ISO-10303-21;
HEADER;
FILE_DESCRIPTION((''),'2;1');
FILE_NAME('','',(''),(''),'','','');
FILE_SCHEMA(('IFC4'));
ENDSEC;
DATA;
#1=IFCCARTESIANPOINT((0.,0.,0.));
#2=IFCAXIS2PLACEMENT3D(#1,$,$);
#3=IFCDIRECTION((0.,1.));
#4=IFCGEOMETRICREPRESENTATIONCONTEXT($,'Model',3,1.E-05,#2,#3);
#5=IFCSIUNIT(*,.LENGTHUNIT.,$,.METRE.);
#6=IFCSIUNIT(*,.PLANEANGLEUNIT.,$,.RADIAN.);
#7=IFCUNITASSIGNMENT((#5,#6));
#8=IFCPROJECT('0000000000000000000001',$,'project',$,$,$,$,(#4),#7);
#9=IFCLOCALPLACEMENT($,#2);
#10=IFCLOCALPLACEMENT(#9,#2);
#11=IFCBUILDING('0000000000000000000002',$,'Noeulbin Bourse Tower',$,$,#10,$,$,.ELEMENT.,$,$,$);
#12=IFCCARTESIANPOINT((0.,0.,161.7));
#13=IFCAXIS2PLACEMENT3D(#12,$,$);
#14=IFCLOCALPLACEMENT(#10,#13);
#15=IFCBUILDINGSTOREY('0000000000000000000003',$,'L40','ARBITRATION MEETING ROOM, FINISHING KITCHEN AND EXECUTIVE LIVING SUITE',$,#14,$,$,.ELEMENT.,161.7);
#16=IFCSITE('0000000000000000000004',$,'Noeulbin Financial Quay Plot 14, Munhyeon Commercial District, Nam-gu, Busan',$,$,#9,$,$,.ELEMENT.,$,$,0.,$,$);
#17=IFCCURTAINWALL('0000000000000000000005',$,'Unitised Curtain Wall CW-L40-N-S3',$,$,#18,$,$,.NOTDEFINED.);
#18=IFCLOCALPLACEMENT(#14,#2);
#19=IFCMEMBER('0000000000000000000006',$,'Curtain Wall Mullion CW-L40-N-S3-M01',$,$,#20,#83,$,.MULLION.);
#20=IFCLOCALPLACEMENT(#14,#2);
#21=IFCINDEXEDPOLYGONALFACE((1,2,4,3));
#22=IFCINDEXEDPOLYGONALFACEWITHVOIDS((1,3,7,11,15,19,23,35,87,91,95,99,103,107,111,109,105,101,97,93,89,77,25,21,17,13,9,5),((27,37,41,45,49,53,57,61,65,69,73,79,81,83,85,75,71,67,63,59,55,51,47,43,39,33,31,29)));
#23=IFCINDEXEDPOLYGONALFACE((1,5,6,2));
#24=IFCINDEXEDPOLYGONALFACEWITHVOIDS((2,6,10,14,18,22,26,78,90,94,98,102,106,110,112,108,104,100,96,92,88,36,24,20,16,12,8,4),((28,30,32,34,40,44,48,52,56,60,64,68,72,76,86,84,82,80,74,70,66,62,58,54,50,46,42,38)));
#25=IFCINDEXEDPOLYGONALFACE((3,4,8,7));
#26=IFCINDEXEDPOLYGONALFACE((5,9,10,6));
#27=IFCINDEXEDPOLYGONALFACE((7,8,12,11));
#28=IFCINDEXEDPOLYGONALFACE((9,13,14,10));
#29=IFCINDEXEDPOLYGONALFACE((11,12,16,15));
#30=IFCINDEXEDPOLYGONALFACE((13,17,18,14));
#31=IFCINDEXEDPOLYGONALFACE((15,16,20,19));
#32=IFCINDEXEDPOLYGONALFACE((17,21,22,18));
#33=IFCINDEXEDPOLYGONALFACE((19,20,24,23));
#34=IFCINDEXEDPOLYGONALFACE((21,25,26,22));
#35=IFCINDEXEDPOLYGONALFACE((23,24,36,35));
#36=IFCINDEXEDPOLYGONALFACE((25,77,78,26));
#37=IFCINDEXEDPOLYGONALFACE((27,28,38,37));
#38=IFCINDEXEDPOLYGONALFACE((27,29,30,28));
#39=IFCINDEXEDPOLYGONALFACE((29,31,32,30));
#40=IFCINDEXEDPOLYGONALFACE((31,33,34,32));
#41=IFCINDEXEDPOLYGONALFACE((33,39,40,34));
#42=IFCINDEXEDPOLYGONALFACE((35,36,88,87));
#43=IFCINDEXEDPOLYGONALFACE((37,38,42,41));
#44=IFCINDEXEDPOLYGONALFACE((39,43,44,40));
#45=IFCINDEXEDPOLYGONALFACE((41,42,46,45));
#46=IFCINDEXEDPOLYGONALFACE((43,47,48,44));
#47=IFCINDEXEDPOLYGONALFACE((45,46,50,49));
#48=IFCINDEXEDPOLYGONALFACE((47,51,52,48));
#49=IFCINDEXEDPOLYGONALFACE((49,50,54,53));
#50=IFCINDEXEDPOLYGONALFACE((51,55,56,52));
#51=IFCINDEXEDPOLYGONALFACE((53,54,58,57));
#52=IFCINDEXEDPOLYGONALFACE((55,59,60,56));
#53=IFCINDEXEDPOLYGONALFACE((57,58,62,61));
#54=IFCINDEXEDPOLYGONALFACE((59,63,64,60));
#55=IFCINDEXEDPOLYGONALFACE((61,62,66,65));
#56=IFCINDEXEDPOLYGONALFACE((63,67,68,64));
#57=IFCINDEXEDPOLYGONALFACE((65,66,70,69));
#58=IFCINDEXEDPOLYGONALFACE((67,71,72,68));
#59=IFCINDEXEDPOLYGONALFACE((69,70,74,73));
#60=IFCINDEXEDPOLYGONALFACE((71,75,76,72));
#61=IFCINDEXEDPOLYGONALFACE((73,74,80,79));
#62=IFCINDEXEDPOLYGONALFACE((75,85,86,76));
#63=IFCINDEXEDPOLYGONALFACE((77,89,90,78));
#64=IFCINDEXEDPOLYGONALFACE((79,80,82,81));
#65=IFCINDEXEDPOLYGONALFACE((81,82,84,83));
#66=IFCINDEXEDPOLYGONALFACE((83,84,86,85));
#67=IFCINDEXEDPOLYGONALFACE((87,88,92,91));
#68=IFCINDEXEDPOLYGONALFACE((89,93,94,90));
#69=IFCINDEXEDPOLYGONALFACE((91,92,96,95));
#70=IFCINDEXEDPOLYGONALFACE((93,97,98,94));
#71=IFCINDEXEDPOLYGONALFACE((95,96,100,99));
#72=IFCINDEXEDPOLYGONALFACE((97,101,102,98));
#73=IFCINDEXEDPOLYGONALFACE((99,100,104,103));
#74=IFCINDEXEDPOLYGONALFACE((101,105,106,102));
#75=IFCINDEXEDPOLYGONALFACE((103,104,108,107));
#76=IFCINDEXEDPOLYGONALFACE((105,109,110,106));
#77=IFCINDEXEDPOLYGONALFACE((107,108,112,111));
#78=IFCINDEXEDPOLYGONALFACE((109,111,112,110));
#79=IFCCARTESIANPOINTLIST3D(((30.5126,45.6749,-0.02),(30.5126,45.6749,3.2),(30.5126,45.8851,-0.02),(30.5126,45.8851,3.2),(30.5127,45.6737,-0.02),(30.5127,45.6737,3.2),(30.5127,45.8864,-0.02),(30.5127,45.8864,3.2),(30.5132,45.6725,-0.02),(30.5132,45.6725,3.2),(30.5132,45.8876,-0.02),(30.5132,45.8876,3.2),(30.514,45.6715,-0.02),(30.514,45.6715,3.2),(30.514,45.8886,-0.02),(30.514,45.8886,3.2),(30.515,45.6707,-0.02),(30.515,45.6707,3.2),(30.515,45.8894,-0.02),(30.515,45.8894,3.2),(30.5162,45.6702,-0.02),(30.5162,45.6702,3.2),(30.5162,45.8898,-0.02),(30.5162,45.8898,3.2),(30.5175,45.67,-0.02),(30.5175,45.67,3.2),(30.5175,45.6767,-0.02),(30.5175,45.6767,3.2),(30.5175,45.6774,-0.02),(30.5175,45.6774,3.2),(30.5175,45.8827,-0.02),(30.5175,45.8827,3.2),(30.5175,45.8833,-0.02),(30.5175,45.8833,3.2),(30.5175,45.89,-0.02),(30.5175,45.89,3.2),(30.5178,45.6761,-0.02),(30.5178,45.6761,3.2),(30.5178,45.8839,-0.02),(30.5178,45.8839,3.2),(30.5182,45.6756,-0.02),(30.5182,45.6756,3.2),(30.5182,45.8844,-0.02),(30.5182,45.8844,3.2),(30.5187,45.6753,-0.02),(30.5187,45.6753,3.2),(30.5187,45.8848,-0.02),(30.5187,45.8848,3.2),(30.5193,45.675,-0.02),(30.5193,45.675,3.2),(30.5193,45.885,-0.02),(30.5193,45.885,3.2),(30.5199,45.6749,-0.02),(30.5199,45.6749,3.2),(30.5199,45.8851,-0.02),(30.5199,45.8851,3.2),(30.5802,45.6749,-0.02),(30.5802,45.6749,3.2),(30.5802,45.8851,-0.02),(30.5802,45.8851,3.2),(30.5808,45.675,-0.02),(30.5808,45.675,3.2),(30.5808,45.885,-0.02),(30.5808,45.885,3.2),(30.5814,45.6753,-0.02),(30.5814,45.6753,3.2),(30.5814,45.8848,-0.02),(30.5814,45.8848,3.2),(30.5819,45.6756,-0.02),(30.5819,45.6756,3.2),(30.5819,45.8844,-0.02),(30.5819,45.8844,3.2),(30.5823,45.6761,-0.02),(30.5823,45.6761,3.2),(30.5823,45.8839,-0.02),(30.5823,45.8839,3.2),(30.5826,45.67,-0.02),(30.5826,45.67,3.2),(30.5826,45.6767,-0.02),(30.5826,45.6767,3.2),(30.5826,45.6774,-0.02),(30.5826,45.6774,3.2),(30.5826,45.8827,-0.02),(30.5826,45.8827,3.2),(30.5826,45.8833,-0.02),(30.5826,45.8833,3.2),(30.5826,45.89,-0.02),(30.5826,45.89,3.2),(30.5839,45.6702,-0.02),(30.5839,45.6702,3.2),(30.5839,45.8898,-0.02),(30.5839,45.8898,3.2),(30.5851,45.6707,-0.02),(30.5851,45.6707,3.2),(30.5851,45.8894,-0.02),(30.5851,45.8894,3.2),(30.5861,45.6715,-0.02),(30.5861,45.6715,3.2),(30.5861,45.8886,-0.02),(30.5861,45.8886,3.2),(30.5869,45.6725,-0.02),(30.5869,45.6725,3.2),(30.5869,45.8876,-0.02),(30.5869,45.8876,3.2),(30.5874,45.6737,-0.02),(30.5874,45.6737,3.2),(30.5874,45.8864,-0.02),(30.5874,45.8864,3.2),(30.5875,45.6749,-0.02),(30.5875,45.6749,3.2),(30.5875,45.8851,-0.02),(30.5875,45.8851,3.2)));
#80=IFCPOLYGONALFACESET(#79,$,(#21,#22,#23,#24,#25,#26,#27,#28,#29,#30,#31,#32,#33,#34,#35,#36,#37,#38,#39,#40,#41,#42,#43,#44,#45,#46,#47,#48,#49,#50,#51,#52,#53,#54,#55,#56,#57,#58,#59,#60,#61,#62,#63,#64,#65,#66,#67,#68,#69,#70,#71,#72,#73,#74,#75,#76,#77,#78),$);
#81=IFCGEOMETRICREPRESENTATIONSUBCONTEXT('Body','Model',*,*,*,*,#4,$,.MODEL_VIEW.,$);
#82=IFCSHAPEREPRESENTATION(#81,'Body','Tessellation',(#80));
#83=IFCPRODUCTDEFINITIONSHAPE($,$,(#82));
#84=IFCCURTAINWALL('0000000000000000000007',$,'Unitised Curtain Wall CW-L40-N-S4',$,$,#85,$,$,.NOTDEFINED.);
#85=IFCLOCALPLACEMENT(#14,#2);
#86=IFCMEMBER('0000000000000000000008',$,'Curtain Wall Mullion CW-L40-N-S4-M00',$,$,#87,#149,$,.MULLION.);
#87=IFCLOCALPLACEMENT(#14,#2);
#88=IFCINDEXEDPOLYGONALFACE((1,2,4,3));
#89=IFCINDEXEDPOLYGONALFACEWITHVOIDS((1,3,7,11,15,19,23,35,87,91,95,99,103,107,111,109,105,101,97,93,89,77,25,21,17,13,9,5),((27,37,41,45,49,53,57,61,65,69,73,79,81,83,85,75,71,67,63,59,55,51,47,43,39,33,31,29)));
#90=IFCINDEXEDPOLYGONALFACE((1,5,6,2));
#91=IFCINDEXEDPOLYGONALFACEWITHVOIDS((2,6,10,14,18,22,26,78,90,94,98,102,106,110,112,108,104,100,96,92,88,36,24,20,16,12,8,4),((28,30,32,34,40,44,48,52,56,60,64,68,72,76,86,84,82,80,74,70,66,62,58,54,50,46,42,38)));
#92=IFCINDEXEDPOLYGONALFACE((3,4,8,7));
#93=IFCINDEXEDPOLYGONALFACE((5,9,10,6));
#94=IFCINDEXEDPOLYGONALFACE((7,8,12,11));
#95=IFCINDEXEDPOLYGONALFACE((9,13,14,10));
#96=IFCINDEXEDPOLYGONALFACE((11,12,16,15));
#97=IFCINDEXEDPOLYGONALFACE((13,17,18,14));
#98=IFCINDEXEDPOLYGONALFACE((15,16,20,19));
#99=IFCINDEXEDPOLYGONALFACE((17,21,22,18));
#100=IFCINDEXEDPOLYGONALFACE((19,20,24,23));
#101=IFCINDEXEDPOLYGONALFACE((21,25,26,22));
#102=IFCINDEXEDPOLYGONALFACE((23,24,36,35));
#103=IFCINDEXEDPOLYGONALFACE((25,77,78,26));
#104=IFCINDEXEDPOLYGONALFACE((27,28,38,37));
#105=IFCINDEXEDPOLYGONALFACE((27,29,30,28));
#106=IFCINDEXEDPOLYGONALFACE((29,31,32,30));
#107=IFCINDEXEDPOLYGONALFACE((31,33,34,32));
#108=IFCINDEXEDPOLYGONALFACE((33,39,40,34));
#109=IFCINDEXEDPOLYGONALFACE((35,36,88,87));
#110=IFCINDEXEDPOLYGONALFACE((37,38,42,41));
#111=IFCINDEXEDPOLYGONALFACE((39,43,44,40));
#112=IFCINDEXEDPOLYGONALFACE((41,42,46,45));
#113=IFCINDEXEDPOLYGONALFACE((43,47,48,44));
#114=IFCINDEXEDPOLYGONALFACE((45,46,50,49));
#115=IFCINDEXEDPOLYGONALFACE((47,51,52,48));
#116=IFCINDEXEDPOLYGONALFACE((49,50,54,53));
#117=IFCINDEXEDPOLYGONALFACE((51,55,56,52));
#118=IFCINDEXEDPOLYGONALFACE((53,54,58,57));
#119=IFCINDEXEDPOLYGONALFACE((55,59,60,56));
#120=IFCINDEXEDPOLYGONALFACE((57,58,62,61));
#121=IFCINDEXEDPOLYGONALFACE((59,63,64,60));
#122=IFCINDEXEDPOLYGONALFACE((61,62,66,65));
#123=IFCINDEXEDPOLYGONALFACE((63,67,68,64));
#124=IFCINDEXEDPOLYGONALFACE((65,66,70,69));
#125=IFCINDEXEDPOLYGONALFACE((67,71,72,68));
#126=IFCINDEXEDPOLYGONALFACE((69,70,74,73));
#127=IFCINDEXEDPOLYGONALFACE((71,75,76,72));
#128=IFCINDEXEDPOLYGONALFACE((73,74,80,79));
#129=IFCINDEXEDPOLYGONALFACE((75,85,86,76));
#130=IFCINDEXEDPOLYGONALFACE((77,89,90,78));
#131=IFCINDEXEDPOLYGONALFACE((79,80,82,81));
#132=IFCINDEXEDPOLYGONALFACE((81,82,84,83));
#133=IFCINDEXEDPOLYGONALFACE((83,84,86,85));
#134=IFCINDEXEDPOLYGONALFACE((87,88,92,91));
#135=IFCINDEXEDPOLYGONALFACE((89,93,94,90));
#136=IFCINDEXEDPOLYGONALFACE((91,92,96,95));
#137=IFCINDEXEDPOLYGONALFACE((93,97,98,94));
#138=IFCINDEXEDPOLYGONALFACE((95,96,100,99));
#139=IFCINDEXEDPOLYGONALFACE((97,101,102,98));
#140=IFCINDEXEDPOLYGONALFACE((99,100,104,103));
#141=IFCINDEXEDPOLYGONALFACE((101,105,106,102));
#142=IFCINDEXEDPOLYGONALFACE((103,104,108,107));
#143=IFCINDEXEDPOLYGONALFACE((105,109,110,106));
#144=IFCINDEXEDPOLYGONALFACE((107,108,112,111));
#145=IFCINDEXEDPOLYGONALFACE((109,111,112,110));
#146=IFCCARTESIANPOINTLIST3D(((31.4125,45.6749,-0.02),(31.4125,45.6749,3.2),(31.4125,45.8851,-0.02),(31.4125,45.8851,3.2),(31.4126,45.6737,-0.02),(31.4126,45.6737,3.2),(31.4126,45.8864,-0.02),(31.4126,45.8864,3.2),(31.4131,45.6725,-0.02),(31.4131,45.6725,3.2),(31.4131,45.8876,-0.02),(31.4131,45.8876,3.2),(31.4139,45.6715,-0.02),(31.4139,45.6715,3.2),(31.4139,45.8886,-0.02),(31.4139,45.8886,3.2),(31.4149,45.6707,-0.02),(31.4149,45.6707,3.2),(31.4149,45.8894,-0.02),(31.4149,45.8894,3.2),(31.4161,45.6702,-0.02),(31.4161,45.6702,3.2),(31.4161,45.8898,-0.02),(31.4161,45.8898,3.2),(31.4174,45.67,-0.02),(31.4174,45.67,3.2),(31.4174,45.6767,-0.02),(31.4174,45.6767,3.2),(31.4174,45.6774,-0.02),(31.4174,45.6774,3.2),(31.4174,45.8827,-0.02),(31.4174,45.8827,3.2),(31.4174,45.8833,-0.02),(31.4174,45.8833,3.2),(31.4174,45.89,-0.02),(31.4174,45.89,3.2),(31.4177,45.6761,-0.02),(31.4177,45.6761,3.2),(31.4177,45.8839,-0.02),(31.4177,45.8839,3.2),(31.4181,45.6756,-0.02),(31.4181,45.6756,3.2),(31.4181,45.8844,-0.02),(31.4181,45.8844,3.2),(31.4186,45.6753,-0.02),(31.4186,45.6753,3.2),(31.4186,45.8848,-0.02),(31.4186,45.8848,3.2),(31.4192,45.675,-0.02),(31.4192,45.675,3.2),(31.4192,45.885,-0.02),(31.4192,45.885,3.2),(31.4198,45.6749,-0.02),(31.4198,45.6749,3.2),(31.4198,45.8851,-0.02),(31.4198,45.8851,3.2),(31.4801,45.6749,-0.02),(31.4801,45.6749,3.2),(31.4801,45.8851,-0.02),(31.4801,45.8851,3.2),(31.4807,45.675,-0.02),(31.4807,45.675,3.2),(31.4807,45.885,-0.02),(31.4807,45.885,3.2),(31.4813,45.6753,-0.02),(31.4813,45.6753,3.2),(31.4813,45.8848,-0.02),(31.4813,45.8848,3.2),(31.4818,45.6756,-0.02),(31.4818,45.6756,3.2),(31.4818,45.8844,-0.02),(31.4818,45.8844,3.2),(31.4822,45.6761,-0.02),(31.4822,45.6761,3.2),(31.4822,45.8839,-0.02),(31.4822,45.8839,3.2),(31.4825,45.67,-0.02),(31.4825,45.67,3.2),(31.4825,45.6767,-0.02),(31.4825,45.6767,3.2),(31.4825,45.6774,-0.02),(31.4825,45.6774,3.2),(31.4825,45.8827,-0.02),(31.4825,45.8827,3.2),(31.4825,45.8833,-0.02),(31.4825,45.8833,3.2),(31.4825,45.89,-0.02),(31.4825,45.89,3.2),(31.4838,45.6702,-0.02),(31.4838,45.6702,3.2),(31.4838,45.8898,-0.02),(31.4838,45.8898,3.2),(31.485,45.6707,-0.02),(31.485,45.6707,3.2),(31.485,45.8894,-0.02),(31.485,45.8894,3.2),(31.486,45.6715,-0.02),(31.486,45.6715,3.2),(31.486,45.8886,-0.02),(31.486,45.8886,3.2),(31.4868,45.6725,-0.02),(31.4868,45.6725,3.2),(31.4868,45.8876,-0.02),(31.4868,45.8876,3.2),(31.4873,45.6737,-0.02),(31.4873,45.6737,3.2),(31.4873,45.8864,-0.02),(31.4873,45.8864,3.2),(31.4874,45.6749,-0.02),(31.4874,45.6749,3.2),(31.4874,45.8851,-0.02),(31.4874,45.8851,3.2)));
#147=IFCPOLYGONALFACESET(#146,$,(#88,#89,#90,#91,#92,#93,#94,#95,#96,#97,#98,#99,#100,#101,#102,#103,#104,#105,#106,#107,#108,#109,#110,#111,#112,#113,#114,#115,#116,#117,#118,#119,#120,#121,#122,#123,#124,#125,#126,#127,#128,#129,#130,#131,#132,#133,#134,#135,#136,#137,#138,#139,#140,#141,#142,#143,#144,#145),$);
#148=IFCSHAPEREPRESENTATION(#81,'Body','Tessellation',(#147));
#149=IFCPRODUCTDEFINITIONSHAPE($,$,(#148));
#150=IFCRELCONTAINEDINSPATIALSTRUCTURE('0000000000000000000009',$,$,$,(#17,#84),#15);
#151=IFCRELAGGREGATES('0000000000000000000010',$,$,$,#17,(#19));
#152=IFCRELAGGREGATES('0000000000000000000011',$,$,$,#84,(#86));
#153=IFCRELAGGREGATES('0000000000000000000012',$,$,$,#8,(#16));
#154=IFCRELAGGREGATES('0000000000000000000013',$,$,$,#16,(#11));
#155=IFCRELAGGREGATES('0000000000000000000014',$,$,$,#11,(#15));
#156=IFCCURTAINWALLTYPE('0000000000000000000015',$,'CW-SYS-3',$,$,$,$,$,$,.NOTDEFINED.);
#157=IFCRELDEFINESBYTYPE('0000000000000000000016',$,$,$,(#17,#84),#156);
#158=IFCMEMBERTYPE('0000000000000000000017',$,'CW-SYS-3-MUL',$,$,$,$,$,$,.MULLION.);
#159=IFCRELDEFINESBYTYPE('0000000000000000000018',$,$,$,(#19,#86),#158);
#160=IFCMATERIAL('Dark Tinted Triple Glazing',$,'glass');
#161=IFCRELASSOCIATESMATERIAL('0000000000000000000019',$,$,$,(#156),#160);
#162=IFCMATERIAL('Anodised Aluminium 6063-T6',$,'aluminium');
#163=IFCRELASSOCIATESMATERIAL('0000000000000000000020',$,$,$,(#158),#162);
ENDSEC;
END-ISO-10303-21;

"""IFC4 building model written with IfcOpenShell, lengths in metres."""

from ifc_helpers import new_model, si_unit, direction, frame, origin, origin_2d, place, context, subcontext, project, spatial, hollow_rectangle, extrude, material, material_profile, profile_set, type_object, element, aggregate, save


model = new_model("IFC4")

# Units and contexts
model_context = context("Model", 3, precision=1e-05, world=origin(), true_north=direction((0.0, 1.0)))
body_context = subcontext(model_context, "Body", "Model", "MODEL_VIEW")
ifc_project = project(units=[si_unit("LENGTHUNIT", "METRE"), si_unit("PLANEANGLEUNIT", "RADIAN")], contexts=[model_context])

# Site, building, storey
site_placement = place(None, origin())
site = spatial("IfcSite", under=ifc_project, at=site_placement, Name="Noeulbin Financial Quay Plot 14, Munhyeon Commercial District, Nam-gu, Busan", CompositionType="ELEMENT", RefElevation=0.0)
building_placement = place(site_placement, origin())
building = spatial("IfcBuilding", under=site, at=building_placement, Name="Noeulbin Bourse Tower", CompositionType="ELEMENT")
storey_placement = place(building_placement, frame((0.0, 0.0, 161.7)))
storey = spatial("IfcBuildingStorey", under=building, at=storey_placement, Name="L40", Description="ARBITRATION MEETING ROOM, FINISHING KITCHEN AND EXECUTIVE LIVING SUITE", CompositionType="ELEMENT", Elevation=161.7)

# Curtain wall, member
ifc_material_1 = material(Name="Dark Tinted Triple Glazing", Category="glass")
curtain_wall_type = type_object("IfcCurtainWallType", Name="CW-SYS-3", PredefinedType="NOTDEFINED", material=ifc_material_1)
curtain_wall_1_placement = place(storey_placement, origin())
curtain_wall_1 = element("IfcCurtainWall", 1, at=curtain_wall_1_placement, inside=storey, type_object=curtain_wall_type, Name="Unitised Curtain Wall CW-L40-N-S3", PredefinedType="NOTDEFINED")
ifc_material_2 = material(Name="Anodised Aluminium 6063-T6", Category="aluminium")
ifc_material_profile_1 = material_profile(ifc_material_2, hollow_rectangle(XDim=0.075, YDim=0.22, WallThickness=0.0049, InnerFilletRadius=0.0024, OuterFilletRadius=0.0049, at=origin_2d()), Name="ALU-MULL-75x220x5", Category="LoadBearing")
ifc_profile_set_1 = profile_set([ifc_material_profile_1], Name="Anodised Aluminium 6063-T6")
member_type_1 = type_object("IfcMemberType", Name="CW-SYS-3-MUL", PredefinedType="MULLION", material=ifc_profile_set_1)
member_1_placement = place(storey_placement, frame((30.55, 45.78, -0.02), z_axis=(0.0, 0.0, 1.0), x_axis=(1.0, 0.0, 0.0)))
member_1 = element("IfcMember", 2, at=member_1_placement, type_object=member_type_1, Name="Curtain Wall Mullion CW-L40-N-S3-M01", PredefinedType="MULLION", context=body_context, shape_type="SweptSolid", body=[
    extrude(hollow_rectangle(XDim=0.075, YDim=0.22, WallThickness=0.0049, InnerFilletRadius=0.0024, OuterFilletRadius=0.0049, at=origin_2d()), origin(), (0.0, 0.0, 1.0), 3.22),
])
aggregate(curtain_wall_1, [member_1])

# Curtain wall, member
curtain_wall_2_placement = place(storey_placement, origin())
curtain_wall_2 = element("IfcCurtainWall", 3, at=curtain_wall_2_placement, inside=storey, type_object=curtain_wall_type, Name="Unitised Curtain Wall CW-L40-N-S4", PredefinedType="NOTDEFINED")
member_2_placement = place(storey_placement, frame((31.45, 45.78, -0.02), z_axis=(0.0, 0.0, 1.0), x_axis=(1.0, 0.0, 0.0)))
member_2 = element("IfcMember", 4, at=member_2_placement, type_object=member_type_1, Name="Curtain Wall Mullion CW-L40-N-S4-M00", PredefinedType="MULLION", context=body_context, shape_type="SweptSolid", body=[
    extrude(hollow_rectangle(XDim=0.075, YDim=0.22, WallThickness=0.0049, InnerFilletRadius=0.0024, OuterFilletRadius=0.0049, at=origin_2d()), origin(), (0.0, 0.0, 1.0), 3.22),
])

aggregate(curtain_wall_2, [member_2])

save(model, "model.ifc")
